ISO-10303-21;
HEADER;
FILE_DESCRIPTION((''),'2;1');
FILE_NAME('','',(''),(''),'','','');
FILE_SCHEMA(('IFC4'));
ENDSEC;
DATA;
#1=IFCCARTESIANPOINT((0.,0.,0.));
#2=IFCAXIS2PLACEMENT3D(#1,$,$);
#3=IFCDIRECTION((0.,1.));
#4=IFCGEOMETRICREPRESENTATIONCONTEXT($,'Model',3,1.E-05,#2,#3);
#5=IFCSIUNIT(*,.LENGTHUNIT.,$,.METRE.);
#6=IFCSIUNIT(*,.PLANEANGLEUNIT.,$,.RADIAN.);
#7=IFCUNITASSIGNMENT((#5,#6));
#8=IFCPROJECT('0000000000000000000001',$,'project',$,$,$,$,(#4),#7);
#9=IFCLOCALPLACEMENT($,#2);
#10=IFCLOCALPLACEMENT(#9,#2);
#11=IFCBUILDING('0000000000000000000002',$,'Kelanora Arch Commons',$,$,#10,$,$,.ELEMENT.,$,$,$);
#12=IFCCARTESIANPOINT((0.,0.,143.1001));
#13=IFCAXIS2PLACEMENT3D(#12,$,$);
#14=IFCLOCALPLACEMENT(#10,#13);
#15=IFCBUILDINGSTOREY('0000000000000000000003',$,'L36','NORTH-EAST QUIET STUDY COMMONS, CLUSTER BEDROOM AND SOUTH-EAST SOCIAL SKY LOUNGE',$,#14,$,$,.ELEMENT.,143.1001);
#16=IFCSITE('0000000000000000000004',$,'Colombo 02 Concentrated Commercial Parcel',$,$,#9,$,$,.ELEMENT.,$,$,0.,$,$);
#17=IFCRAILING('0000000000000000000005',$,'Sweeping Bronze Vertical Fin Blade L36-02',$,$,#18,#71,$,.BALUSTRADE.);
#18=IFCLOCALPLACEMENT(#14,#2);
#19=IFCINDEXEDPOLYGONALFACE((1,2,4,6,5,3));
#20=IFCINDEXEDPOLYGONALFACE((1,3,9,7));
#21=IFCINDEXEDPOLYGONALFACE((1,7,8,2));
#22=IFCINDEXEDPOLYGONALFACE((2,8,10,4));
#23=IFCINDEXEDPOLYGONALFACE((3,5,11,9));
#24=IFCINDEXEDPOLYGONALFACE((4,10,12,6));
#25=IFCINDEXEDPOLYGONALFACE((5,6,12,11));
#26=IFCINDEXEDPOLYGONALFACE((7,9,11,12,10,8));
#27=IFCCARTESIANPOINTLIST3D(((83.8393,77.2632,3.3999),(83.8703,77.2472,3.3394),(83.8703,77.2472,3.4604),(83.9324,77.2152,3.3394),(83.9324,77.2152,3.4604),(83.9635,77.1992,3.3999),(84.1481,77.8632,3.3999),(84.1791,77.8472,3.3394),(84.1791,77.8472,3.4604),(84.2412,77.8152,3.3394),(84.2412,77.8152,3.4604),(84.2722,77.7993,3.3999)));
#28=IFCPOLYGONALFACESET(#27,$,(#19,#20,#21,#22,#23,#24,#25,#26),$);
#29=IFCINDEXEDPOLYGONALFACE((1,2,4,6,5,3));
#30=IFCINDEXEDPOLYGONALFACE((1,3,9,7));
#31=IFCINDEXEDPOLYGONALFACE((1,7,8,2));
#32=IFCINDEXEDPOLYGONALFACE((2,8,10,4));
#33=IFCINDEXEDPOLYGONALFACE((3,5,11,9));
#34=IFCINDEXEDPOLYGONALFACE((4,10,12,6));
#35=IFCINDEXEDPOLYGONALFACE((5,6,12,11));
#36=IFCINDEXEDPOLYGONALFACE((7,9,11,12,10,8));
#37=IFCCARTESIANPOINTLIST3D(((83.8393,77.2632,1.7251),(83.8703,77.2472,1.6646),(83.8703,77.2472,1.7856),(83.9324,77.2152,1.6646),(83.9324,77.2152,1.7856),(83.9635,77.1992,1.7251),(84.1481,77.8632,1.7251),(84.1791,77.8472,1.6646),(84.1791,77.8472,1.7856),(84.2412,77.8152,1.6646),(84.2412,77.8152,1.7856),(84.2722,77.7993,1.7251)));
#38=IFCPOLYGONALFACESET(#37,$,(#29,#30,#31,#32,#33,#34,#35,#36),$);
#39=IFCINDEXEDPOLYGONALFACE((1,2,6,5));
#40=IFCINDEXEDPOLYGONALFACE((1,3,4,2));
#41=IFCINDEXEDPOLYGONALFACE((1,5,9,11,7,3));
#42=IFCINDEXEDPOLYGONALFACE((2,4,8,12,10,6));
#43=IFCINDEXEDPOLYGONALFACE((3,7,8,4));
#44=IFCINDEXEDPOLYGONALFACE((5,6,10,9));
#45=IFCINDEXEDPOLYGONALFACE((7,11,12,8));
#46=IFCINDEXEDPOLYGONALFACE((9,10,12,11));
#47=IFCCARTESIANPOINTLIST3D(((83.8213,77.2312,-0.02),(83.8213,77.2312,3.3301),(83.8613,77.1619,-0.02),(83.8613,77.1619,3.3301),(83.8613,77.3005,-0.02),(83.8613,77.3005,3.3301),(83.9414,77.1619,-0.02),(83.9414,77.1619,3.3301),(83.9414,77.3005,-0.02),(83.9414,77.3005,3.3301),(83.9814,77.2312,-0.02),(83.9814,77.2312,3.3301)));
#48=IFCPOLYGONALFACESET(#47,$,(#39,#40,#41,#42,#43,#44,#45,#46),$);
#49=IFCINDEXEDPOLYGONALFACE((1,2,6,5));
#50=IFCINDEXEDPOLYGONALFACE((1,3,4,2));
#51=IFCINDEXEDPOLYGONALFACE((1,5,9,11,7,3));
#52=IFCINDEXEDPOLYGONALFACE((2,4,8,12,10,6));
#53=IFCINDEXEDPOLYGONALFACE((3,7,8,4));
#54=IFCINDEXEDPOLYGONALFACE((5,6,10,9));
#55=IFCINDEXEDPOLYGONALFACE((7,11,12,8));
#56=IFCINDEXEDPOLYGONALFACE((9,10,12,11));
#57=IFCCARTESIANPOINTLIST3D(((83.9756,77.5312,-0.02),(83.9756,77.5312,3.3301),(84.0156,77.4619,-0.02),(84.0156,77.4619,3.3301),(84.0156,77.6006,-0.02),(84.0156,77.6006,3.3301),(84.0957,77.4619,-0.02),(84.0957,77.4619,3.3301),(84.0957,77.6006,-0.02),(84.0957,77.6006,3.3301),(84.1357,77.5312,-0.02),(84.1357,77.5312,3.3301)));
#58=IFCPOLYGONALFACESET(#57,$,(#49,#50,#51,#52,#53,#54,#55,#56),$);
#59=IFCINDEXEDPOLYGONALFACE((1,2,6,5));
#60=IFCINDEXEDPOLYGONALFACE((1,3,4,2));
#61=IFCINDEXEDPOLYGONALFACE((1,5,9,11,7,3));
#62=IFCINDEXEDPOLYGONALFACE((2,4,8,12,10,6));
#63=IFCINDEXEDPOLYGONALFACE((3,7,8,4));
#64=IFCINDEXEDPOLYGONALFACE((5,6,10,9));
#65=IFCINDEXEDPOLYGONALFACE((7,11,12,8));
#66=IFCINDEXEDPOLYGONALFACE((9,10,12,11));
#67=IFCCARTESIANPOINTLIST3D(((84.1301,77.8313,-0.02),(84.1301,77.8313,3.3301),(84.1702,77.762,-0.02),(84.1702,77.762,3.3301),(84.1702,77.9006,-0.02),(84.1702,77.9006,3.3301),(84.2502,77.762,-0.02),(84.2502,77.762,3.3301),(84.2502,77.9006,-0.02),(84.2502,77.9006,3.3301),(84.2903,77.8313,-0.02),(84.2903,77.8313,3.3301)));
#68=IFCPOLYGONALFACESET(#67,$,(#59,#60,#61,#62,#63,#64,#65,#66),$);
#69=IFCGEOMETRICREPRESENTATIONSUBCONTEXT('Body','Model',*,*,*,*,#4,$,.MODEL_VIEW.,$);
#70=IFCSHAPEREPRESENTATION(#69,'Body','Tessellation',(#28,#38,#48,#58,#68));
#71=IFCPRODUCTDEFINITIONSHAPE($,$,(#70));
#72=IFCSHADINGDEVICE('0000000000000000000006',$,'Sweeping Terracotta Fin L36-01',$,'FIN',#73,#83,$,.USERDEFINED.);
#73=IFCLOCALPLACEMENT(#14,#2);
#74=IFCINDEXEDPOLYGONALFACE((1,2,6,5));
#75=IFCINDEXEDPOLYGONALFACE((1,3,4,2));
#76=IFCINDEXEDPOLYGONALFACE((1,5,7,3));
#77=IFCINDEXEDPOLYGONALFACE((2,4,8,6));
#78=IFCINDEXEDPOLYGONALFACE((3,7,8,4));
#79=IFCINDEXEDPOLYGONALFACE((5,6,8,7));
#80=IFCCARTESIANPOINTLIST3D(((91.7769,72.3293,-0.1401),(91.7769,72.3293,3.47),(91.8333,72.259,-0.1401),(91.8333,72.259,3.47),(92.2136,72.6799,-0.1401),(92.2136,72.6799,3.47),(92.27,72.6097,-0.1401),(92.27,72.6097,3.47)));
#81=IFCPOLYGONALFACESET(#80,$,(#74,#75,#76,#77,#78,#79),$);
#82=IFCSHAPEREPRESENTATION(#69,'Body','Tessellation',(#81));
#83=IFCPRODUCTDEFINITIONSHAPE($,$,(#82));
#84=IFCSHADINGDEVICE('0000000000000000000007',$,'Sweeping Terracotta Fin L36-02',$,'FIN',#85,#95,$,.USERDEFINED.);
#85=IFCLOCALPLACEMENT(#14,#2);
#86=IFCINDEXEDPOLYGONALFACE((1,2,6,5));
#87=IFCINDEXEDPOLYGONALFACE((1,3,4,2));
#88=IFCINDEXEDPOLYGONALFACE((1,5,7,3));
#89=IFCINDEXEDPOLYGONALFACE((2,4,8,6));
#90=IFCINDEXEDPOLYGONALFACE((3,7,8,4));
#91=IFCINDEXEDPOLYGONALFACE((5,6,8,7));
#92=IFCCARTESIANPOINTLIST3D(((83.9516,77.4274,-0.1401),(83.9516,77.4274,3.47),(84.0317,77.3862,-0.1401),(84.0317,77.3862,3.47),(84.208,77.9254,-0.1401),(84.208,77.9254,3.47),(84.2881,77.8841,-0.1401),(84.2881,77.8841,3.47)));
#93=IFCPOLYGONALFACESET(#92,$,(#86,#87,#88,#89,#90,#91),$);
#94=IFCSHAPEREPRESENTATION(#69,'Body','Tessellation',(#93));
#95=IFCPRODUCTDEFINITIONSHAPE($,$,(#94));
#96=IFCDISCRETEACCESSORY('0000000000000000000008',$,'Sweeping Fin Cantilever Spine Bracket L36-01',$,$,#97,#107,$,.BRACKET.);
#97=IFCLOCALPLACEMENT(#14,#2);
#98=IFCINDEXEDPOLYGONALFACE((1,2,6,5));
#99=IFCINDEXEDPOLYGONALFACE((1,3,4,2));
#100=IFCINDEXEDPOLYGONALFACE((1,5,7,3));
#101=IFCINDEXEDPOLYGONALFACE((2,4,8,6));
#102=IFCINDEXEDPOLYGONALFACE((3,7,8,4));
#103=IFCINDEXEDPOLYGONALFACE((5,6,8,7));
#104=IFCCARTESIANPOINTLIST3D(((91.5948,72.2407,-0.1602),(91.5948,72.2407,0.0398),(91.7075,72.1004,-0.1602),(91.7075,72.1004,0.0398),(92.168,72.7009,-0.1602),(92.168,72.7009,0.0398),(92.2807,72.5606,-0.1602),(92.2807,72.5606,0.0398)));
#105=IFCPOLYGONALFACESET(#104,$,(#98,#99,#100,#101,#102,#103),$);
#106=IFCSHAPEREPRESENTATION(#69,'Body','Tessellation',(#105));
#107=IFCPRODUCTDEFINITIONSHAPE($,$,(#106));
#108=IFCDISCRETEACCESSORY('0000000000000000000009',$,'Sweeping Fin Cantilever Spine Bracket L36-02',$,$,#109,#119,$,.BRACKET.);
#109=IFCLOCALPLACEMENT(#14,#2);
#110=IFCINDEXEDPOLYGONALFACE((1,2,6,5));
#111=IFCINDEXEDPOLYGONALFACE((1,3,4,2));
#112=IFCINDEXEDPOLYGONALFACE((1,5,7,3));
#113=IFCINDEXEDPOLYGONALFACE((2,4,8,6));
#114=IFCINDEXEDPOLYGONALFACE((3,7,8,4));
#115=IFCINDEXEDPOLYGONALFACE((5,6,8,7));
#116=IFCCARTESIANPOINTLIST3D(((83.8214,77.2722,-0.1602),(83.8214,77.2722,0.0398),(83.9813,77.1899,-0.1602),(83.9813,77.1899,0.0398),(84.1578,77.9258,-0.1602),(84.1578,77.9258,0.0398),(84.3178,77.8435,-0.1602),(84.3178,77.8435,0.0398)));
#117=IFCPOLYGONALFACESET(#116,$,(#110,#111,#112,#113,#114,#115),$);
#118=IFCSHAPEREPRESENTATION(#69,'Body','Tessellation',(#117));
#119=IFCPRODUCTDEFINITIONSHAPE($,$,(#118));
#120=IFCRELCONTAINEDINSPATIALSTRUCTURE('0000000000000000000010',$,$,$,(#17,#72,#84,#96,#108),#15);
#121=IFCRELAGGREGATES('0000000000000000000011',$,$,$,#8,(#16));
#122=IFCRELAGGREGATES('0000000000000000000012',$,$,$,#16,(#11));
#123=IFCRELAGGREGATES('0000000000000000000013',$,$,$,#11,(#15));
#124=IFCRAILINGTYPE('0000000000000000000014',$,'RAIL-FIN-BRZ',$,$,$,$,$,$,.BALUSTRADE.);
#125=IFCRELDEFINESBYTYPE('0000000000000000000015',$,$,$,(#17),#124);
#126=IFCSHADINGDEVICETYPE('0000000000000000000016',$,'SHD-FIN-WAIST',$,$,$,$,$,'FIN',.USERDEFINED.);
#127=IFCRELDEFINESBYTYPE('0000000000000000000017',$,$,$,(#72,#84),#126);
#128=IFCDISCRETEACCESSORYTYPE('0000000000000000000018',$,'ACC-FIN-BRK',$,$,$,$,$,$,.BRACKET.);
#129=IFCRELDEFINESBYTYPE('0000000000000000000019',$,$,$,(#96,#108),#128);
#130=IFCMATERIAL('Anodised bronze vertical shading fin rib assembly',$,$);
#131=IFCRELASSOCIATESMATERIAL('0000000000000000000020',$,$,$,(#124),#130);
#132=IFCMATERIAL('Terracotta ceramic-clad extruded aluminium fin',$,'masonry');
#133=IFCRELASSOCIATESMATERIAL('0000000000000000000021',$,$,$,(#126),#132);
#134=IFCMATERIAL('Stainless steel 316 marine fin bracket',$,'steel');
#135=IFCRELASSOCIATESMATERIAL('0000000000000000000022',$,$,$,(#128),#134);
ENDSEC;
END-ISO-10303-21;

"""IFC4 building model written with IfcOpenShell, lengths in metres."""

from ifc_helpers import new_model, si_unit, direction, frame, origin, origin_2d, place, context, subcontext, project, spatial, polyline, rectangle, outline, extrude, source, transform, mapped, material, type_object, element, save


model = new_model("IFC4")

# Units and contexts
model_context = context("Model", 3, precision=1e-05, world=origin(), true_north=direction((0.0, 1.0)))
body_context = subcontext(model_context, "Body", "Model", "MODEL_VIEW")
ifc_project = project(units=[si_unit("LENGTHUNIT", "METRE"), si_unit("PLANEANGLEUNIT", "RADIAN")], contexts=[model_context])

# Site, building, storey
site_placement = place(None, origin())
site = spatial("IfcSite", under=ifc_project, at=site_placement, Name="Colombo 02 Concentrated Commercial Parcel", CompositionType="ELEMENT", RefElevation=0.0)
building_placement = place(site_placement, origin())
building = spatial("IfcBuilding", under=site, at=building_placement, Name="Kelanora Arch Commons", CompositionType="ELEMENT")
storey_placement = place(building_placement, frame((0.0, 0.0, 143.1001)))
storey = spatial("IfcBuildingStorey", under=building, at=storey_placement, Name="L36", Description="NORTH-EAST QUIET STUDY COMMONS, CLUSTER BEDROOM AND SOUTH-EAST SOCIAL SKY LOUNGE", CompositionType="ELEMENT", Elevation=143.1001)

# Railing
ifc_material_1 = material(Name="Anodised bronze vertical shading fin rib assembly")
railing_type = type_object("IfcRailingType", Name="RAIL-FIN-BRZ", PredefinedType="BALUSTRADE", material=ifc_material_1)
railing_1_placement = place(storey_placement, frame((83.9014, 77.2312, -0.02)))
element("IfcRailing", 1, at=railing_1_placement, inside=storey, type_object=railing_type, Name="Sweeping Bronze Vertical Fin Blade L36-02", PredefinedType="BALUSTRADE", context=body_context, shape_type="SweptSolid", body=[
    extrude(outline(polyline([(0.0698, 0.0), (0.0349, 0.0605), (-0.0349, 0.0605), (-0.0698, 0.0), (-0.0349, -0.0605), (0.0349, -0.0605), (0.0698, 0.0)])), frame((0.0, 0.0, 3.4199), z_axis=(0.457601, 0.889157, 0.0), x_axis=(-0.889157, 0.457601, 0.0)), (0.0, 0.0, 1.0), 0.6748),
    extrude(outline(polyline([(0.0698, 0.0), (0.0349, 0.0605), (-0.0349, 0.0605), (-0.0698, 0.0), (-0.0349, -0.0605), (0.0349, -0.0605), (0.0698, 0.0)])), frame((0.0, 0.0, 1.7451), z_axis=(0.457601, 0.889157, 0.0), x_axis=(-0.889157, 0.457601, 0.0)), (0.0, 0.0, 1.0), 0.6748),
    extrude(outline(polyline([(0.0801, 0.0), (0.04, 0.0693), (-0.04, 0.0693), (-0.0801, 0.0), (-0.04, -0.0693), (0.04, -0.0693), (0.0801, 0.0)])), origin(), (0.0, 0.0, 1.0), 3.3501),
    extrude(outline(polyline([(0.0801, 0.0), (0.04, 0.0693), (-0.04, 0.0693), (-0.0801, 0.0), (-0.04, -0.0693), (0.04, -0.0693), (0.0801, 0.0)])), frame((0.1543, 0.3, 0.0)), (0.0, 0.0, 1.0), 3.3501),
    extrude(outline(polyline([(0.0801, 0.0), (0.04, 0.0693), (-0.04, 0.0693), (-0.0801, 0.0), (-0.04, -0.0693), (0.04, -0.0693), (0.0801, 0.0)])), frame((0.3088, 0.6001, 0.0)), (0.0, 0.0, 1.0), 3.3501),
])

# Shading devices
ifc_material_2 = material(Name="Terracotta ceramic-clad extruded aluminium fin", Category="masonry")
shading_device_type = type_object("IfcShadingDeviceType", Name="SHD-FIN-WAIST", ElementType="FIN", PredefinedType="USERDEFINED", material=ifc_material_2)
shared_shape_1 = source(origin(), body_context, "Body", "SweptSolid", [
    extrude(rectangle(XDim=0.5601, YDim=0.0901, at=origin_2d()), origin(), (0.0, 0.0, 1.0), 3.6101),
])
for number, where, z_axis, x_axis, name in (
    (2, (92.0234, 72.4695, -0.1401), (0.0, 0.0, 1.0), (0.779775, 0.62606, 0.0), "Sweeping Terracotta Fin L36-01"),
    (3, (84.1199, 77.6558, -0.1401), (0.0, 0.0, 1.0), (0.457719, 0.889097, 0.0), "Sweeping Terracotta Fin L36-02"),
):
    element("IfcShadingDevice", number, at=place(storey_placement, frame(where, z_axis=z_axis, x_axis=x_axis)), inside=storey, type_object=shading_device_type, Name=name, ObjectType="FIN", PredefinedType="USERDEFINED", context=body_context, shape_type="MappedRepresentation", body=[
        mapped(shared_shape_1, transform((0.0, 0.0, 0.0), scale=1.0)),
    ])

# Discrete accessories
ifc_material_3 = material(Name="Stainless steel 316 marine fin bracket", Category="steel")
discrete_accessory_type = type_object("IfcDiscreteAccessoryType", Name="ACC-FIN-BRK", PredefinedType="BRACKET", material=ifc_material_3)
shared_shape_2 = source(origin(), body_context, "Body", "SweptSolid", [
    extrude(rectangle(XDim=0.7351, YDim=0.1799, at=origin_2d()), origin(), (0.0, 0.0, 1.0), 0.2),
])
for number, where, z_axis, x_axis, name in (
    (4, (91.9377, 72.4006, -0.1602), (0.0, 0.0, 1.0), (0.779775, 0.62606, 0.0), "Sweeping Fin Cantilever Spine Bracket L36-01"),
    (5, (84.0696, 77.5579, -0.1602), (0.0, 0.0, 1.0), (0.457719, 0.889097, 0.0), "Sweeping Fin Cantilever Spine Bracket L36-02"),
):
    element("IfcDiscreteAccessory", number, at=place(storey_placement, frame(where, z_axis=z_axis, x_axis=x_axis)), inside=storey, type_object=discrete_accessory_type, Name=name, PredefinedType="BRACKET", context=body_context, shape_type="MappedRepresentation", body=[
        mapped(shared_shape_2, transform((0.0, 0.0, 0.0), scale=1.0)),
    ])

save(model, "model.ifc")
